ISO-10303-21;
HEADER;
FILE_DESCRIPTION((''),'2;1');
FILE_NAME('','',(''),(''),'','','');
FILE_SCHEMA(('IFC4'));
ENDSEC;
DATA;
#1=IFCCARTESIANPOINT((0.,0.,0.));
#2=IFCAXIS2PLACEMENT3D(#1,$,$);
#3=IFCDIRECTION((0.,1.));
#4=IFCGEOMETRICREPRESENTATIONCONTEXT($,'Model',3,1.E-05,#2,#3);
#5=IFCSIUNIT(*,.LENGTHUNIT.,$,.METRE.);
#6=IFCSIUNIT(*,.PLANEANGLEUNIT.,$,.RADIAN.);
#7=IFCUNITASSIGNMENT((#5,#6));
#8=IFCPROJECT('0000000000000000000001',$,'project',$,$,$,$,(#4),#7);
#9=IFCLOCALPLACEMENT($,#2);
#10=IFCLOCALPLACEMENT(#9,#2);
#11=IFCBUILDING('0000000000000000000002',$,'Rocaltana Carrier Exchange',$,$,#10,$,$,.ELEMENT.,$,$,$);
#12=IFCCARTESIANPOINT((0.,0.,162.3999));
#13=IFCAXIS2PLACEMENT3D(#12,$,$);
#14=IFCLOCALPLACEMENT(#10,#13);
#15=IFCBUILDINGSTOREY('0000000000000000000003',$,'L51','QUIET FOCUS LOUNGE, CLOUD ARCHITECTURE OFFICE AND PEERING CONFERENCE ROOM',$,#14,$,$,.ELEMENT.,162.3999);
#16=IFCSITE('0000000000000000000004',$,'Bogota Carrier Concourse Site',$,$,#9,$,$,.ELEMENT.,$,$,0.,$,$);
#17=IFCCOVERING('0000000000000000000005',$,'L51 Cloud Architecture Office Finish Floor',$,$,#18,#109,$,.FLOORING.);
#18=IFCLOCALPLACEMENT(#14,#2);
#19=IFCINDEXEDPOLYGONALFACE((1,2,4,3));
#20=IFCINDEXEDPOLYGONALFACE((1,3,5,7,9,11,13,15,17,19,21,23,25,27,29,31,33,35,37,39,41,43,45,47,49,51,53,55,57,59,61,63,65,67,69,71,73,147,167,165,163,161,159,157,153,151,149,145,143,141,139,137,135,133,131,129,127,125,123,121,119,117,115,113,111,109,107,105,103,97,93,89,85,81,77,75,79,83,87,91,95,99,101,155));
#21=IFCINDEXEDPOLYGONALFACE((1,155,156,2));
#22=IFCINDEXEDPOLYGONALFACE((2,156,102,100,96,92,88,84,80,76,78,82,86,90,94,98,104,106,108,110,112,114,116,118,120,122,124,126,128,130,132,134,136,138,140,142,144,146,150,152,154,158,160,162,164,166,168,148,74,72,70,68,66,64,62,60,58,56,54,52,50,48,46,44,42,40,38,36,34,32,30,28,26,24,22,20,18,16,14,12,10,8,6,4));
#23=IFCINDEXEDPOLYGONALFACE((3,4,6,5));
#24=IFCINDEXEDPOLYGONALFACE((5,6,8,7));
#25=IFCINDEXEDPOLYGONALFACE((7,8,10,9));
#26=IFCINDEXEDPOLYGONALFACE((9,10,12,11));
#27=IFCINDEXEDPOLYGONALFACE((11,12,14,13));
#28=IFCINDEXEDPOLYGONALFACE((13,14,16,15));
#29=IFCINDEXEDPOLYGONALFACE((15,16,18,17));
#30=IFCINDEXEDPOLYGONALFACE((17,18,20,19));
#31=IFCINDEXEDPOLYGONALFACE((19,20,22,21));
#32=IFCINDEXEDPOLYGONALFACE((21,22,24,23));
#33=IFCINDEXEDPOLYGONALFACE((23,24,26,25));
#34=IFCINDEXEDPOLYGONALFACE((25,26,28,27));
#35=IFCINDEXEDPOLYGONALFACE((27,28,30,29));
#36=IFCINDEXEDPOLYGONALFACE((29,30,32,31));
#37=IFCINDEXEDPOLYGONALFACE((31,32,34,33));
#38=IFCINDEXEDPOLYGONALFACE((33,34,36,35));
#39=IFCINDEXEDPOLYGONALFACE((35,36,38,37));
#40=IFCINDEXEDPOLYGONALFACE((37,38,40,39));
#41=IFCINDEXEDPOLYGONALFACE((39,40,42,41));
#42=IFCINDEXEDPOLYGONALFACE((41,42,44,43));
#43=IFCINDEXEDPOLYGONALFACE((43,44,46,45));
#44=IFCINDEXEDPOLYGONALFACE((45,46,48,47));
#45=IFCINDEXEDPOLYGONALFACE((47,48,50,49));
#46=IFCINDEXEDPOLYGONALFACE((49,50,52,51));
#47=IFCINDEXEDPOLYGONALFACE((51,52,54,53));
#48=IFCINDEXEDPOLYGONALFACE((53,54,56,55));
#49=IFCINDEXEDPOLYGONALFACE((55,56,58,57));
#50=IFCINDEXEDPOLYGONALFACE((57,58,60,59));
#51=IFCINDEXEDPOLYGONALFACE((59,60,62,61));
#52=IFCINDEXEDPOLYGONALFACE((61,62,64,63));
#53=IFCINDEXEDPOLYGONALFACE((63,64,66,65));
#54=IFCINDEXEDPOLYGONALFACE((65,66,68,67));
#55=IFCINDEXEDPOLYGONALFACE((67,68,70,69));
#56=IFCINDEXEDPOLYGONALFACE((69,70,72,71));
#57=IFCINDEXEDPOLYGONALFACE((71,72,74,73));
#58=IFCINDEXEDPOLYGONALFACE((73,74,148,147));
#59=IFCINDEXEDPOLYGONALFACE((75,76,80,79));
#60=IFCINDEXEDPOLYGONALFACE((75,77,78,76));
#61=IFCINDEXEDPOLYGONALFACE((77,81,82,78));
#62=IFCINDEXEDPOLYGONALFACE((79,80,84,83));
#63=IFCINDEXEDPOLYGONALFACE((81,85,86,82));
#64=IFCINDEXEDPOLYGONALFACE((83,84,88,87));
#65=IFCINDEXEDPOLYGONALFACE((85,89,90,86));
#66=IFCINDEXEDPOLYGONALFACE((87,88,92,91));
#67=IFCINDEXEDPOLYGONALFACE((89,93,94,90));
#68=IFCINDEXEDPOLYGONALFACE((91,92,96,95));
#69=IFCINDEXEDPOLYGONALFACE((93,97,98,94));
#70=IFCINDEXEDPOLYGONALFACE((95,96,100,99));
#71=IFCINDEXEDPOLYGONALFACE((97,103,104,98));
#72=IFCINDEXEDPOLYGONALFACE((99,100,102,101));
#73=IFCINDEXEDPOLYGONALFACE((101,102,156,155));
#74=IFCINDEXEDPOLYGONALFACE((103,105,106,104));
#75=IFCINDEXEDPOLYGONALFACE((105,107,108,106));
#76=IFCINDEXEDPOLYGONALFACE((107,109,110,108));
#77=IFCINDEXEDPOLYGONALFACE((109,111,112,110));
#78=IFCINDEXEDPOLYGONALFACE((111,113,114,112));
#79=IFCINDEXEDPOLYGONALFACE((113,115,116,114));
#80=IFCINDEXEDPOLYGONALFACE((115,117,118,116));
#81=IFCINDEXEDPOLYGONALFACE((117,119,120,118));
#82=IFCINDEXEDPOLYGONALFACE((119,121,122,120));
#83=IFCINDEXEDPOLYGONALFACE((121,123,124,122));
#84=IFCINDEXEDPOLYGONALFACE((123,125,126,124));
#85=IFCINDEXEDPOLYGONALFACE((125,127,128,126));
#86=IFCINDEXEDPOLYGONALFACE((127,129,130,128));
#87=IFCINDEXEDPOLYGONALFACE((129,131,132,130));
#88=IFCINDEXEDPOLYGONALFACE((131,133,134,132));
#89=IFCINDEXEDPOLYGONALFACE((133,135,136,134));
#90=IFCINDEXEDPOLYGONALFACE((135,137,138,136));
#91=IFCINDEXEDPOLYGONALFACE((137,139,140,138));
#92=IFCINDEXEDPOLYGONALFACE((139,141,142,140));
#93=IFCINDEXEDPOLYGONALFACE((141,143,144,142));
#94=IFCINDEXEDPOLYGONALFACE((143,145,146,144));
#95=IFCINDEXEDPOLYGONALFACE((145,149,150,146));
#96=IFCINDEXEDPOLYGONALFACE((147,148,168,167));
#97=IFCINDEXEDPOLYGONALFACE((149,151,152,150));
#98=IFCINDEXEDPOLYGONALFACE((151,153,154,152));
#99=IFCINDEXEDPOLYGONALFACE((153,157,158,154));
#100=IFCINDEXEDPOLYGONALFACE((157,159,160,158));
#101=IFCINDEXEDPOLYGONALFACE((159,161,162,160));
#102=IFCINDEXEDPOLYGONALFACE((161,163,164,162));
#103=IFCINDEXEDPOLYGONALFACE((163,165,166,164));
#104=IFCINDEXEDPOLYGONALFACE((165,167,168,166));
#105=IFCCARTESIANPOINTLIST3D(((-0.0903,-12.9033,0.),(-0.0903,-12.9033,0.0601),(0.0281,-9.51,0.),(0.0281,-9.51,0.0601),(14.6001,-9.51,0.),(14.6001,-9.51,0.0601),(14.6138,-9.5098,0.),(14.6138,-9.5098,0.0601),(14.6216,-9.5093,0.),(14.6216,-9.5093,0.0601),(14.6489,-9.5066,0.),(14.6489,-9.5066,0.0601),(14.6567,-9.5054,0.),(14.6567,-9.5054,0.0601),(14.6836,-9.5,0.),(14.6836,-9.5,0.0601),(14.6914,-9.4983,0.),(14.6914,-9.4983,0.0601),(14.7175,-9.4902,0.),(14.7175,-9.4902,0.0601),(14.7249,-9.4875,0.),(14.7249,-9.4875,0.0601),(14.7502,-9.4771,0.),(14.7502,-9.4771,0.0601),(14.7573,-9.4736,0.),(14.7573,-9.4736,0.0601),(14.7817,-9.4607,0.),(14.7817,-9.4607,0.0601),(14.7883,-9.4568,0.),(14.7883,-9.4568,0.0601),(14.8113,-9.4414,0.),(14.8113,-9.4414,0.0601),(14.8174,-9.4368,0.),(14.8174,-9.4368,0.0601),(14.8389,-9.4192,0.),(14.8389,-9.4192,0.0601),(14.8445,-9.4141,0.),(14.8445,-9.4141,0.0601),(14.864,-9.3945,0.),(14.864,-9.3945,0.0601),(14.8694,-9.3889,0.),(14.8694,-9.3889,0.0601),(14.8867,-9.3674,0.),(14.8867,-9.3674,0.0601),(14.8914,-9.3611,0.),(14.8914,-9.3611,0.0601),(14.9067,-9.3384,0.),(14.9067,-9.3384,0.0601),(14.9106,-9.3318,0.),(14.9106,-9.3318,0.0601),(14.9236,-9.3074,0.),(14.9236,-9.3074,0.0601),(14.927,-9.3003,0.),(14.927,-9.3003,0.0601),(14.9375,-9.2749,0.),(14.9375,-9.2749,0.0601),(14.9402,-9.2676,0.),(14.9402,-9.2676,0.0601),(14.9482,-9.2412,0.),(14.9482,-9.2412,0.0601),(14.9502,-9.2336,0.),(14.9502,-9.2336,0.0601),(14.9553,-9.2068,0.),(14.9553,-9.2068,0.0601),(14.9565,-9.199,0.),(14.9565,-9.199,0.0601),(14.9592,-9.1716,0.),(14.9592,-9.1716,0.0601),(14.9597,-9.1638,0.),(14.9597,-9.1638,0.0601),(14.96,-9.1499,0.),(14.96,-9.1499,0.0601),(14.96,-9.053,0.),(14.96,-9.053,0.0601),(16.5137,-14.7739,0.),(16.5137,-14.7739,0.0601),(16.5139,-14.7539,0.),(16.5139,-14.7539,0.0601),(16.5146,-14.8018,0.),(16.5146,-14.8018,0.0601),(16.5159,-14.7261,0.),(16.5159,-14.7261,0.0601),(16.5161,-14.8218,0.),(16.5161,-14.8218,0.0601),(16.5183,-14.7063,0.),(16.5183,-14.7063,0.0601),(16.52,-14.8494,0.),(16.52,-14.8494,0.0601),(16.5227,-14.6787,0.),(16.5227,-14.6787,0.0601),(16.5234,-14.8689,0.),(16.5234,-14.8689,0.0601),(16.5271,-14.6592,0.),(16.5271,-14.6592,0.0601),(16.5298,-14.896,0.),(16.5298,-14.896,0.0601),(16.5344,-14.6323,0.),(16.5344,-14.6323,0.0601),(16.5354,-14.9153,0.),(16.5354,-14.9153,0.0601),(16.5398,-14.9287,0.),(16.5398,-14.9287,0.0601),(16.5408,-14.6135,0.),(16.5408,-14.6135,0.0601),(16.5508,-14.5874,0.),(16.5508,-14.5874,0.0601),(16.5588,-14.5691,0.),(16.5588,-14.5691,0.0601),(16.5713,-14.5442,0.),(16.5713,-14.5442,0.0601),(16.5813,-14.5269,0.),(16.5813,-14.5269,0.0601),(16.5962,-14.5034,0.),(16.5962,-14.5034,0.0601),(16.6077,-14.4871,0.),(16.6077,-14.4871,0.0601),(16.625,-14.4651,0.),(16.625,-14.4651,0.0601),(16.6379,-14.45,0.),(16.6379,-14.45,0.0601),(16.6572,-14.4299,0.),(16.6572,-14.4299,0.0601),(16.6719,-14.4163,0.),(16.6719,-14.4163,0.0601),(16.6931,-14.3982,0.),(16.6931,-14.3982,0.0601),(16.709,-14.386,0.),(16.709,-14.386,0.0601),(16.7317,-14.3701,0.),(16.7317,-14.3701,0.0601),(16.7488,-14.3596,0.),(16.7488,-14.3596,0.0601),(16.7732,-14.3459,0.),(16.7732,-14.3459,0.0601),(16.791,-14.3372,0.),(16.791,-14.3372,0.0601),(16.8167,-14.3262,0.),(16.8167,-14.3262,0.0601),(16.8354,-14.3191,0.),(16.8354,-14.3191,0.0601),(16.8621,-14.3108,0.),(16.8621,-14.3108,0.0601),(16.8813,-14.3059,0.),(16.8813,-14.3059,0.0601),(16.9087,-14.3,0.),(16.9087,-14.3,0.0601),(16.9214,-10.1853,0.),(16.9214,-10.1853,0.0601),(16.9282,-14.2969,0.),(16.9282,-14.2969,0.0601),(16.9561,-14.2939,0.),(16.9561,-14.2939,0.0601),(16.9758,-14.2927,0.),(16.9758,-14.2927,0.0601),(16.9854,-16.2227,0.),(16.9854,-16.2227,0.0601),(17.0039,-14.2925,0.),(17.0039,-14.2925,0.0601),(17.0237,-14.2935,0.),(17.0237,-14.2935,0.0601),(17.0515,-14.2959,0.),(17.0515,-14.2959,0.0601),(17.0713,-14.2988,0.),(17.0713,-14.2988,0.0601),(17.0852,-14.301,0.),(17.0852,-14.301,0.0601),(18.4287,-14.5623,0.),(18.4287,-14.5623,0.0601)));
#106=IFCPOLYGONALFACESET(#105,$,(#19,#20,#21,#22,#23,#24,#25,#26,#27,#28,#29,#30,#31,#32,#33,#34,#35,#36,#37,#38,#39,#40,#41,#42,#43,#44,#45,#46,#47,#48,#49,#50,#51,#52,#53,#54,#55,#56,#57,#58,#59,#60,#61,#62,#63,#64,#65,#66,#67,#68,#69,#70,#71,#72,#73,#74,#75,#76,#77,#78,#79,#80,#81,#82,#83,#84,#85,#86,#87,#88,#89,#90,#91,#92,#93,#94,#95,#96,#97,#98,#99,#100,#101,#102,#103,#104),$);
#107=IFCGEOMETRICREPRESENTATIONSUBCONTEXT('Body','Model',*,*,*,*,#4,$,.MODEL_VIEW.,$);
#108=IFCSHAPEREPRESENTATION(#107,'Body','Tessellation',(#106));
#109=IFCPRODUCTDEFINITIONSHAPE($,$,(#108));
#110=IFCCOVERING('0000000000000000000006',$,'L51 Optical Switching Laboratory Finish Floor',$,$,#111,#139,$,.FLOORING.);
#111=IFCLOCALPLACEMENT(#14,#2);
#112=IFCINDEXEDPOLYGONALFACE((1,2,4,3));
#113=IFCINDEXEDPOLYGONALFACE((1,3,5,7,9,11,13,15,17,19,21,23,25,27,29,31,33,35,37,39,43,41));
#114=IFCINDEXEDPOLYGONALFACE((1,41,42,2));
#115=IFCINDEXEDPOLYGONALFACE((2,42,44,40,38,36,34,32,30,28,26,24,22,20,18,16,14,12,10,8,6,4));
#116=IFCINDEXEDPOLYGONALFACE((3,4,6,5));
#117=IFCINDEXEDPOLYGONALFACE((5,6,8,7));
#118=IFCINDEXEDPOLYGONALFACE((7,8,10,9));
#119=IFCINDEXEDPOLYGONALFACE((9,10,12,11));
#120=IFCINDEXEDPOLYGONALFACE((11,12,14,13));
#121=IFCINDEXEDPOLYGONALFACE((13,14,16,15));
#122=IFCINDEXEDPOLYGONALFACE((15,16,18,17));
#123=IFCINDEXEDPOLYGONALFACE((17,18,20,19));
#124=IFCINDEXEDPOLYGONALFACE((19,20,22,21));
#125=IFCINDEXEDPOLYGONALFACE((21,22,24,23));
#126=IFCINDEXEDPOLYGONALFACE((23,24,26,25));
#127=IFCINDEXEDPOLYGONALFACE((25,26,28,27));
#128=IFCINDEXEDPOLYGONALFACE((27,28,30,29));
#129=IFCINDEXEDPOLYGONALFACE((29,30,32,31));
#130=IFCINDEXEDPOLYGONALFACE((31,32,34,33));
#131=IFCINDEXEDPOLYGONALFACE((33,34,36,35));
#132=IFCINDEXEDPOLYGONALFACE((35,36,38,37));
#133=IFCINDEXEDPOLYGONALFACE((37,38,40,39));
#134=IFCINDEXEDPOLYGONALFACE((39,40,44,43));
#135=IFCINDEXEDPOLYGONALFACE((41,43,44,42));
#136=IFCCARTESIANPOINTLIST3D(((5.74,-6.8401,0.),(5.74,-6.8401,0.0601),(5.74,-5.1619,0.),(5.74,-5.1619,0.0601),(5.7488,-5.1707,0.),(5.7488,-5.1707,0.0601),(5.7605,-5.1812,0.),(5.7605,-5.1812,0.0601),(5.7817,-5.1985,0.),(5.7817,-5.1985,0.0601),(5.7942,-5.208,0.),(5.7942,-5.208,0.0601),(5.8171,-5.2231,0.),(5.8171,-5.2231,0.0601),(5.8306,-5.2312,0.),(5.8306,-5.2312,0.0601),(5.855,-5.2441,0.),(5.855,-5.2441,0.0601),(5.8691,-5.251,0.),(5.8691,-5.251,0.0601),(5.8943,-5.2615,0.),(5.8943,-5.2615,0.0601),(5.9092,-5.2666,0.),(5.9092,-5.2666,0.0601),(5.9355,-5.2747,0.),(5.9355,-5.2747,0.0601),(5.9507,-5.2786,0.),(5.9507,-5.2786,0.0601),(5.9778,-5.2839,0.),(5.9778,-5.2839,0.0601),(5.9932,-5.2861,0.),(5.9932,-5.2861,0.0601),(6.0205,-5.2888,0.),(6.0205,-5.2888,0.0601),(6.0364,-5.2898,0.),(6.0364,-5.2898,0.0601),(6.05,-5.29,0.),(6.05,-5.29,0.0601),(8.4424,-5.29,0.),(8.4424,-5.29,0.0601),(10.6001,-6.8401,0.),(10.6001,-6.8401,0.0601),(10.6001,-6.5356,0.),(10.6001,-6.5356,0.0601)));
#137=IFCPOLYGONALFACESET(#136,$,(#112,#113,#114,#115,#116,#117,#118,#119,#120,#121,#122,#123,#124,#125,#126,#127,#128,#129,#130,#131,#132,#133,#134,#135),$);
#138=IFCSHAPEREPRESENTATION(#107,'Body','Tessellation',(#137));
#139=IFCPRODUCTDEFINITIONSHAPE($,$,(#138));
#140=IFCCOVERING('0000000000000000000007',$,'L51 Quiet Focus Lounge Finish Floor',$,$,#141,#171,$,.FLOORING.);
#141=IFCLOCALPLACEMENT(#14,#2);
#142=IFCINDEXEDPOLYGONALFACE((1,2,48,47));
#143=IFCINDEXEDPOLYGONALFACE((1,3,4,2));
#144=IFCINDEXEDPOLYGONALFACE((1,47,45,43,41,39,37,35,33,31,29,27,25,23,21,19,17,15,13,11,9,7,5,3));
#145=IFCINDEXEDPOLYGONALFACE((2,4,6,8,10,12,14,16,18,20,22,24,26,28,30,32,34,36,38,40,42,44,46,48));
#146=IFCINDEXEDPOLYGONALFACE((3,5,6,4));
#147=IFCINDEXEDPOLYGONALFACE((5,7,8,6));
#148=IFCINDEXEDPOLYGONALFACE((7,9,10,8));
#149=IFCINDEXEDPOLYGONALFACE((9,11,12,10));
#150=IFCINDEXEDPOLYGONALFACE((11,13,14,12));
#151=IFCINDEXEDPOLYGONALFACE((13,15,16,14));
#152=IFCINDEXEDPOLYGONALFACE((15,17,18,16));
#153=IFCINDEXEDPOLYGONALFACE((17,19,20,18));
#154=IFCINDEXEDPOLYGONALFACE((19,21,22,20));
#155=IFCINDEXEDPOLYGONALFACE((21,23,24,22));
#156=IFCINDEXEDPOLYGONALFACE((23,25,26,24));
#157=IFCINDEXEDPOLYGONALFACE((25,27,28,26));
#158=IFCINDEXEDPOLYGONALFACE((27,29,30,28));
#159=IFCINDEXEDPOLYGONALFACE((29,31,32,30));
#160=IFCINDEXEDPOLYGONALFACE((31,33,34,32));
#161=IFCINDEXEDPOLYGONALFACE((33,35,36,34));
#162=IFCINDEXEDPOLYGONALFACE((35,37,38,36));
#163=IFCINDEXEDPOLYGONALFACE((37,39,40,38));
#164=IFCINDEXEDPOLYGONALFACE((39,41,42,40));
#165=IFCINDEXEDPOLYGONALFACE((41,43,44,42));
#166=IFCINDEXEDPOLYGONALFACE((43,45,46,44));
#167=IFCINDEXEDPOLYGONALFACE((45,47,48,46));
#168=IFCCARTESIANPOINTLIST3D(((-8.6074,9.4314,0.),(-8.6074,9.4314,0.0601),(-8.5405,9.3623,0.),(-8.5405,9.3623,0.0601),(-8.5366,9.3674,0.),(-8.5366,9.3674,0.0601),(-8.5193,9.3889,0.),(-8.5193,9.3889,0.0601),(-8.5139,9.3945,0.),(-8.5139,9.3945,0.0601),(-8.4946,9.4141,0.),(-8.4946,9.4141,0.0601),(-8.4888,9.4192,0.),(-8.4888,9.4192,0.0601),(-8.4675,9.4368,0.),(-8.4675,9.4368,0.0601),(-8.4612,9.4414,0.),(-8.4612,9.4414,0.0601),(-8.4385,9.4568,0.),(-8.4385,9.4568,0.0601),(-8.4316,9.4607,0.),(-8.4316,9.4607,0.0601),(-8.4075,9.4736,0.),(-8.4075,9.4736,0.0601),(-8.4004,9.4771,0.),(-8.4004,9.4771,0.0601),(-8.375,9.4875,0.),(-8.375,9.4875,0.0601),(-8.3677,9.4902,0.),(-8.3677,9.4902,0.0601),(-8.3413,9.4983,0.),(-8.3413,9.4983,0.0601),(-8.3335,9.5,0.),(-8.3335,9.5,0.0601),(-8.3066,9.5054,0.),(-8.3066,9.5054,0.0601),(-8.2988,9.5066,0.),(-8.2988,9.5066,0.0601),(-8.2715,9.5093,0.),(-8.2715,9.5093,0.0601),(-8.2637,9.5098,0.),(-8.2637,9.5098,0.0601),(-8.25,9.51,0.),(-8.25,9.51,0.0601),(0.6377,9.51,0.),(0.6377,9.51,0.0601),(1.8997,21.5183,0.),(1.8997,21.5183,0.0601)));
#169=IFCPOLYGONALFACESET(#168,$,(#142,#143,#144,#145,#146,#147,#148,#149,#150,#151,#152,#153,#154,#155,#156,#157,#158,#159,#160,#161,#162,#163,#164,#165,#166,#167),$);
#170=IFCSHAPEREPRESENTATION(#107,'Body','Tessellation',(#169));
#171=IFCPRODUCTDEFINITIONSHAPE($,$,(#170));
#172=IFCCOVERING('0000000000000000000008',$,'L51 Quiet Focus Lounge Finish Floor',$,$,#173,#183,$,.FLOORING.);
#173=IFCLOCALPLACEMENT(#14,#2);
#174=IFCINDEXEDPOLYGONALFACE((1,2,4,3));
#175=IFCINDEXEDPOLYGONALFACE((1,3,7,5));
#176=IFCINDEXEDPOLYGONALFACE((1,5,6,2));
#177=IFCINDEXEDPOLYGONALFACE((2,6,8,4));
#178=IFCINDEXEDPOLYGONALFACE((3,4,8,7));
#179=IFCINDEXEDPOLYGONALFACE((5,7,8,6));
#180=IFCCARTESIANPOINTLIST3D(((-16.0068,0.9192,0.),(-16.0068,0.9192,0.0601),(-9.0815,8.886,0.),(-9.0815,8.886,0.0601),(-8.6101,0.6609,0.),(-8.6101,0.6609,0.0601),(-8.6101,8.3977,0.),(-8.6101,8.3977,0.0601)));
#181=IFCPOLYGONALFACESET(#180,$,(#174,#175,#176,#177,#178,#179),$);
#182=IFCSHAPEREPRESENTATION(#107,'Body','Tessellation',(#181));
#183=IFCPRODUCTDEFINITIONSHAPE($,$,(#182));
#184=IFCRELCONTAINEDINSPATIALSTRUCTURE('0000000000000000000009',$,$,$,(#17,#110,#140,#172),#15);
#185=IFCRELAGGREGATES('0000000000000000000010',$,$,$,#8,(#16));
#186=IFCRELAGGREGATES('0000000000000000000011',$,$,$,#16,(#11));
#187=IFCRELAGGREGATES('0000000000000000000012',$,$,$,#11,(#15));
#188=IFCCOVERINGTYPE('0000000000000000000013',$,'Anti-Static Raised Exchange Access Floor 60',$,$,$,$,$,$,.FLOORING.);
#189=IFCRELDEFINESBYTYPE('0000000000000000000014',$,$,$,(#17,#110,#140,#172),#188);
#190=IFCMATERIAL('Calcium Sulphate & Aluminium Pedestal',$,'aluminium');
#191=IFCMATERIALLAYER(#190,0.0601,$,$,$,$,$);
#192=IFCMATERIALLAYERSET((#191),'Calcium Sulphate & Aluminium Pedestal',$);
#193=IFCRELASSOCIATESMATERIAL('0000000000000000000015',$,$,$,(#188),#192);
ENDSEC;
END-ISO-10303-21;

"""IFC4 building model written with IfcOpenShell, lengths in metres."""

from ifc_helpers import new_model, si_unit, direction, frame, origin, place, context, subcontext, project, spatial, polyline, outline, extrude, material, layer, layer_set, type_object, element, save


model = new_model("IFC4")

# Units and contexts
model_context = context("Model", 3, precision=1e-05, world=origin(), true_north=direction((0.0, 1.0)))
body_context = subcontext(model_context, "Body", "Model", "MODEL_VIEW")
ifc_project = project(units=[si_unit("LENGTHUNIT", "METRE"), si_unit("PLANEANGLEUNIT", "RADIAN")], contexts=[model_context])

# Site, building, storey
site_placement = place(None, origin())
site = spatial("IfcSite", under=ifc_project, at=site_placement, Name="Bogota Carrier Concourse Site", CompositionType="ELEMENT", RefElevation=0.0)
building_placement = place(site_placement, origin())
building = spatial("IfcBuilding", under=site, at=building_placement, Name="Rocaltana Carrier Exchange", CompositionType="ELEMENT")
storey_placement = place(building_placement, frame((0.0, 0.0, 162.3999)))
storey = spatial("IfcBuildingStorey", under=building, at=storey_placement, Name="L51", Description="QUIET FOCUS LOUNGE, CLOUD ARCHITECTURE OFFICE AND PEERING CONFERENCE ROOM", CompositionType="ELEMENT", Elevation=162.3999)

# Coverings
ifc_material_1 = material(Name="Calcium Sulphate & Aluminium Pedestal", Category="aluminium")
ifc_layer_1 = layer(ifc_material_1, 0.0601)
ifc_layer_set_1 = layer_set([ifc_layer_1], Name="Calcium Sulphate & Aluminium Pedestal")
covering_type_1 = type_object("IfcCoveringType", Name="Anti-Static Raised Exchange Access Floor 60", PredefinedType="FLOORING", material=ifc_layer_set_1)
covering_1_placement = place(storey_placement, origin())
element("IfcCovering", 1, at=covering_1_placement, inside=storey, type_object=covering_type_1, Name="L51 Cloud Architecture Office Finish Floor", PredefinedType="FLOORING", context=body_context, shape_type="SweptSolid", body=[
    extrude(outline(polyline([(18.4287, -14.5623), (17.0852, -14.301), (17.0713, -14.2988), (17.0515, -14.2959), (17.0237, -14.2935), (17.0039, -14.2925), (16.9758, -14.2927), (16.9561, -14.2939), (16.9282, -14.2969), (16.9087, -14.3), (16.8813, -14.3059), (16.8621, -14.3108), (16.8354, -14.3191), (16.8167, -14.3262), (16.791, -14.3372), (16.7732, -14.3459), (16.7488, -14.3596), (16.7317, -14.3701), (16.709, -14.386), (16.6931, -14.3982), (16.6719, -14.4163), (16.6572, -14.4299), (16.6379, -14.45), (16.625, -14.4651), (16.6077, -14.4871), (16.5962, -14.5034), (16.5813, -14.5269), (16.5713, -14.5442), (16.5588, -14.5691), (16.5508, -14.5874), (16.5408, -14.6135), (16.5344, -14.6323), (16.5271, -14.6592), (16.5227, -14.6787), (16.5183, -14.7063), (16.5159, -14.7261), (16.5139, -14.7539), (16.5137, -14.7739), (16.5146, -14.8018), (16.5161, -14.8218), (16.52, -14.8494), (16.5234, -14.8689), (16.5298, -14.896), (16.5354, -14.9153), (16.5398, -14.9287), (16.9854, -16.2227), (-0.0903, -12.9033), (0.0281, -9.51), (14.6001, -9.51), (14.6138, -9.5098), (14.6216, -9.5093), (14.6489, -9.5066), (14.6567, -9.5054), (14.6836, -9.5), (14.6914, -9.4983), (14.7175, -9.4902), (14.7249, -9.4875), (14.7502, -9.4771), (14.7573, -9.4736), (14.7817, -9.4607), (14.7883, -9.4568), (14.8113, -9.4414), (14.8174, -9.4368), (14.8389, -9.4192), (14.8445, -9.4141), (14.864, -9.3945), (14.8694, -9.3889), (14.8867, -9.3674), (14.8914, -9.3611), (14.9067, -9.3384), (14.9106, -9.3318), (14.9236, -9.3074), (14.927, -9.3003), (14.9375, -9.2749), (14.9402, -9.2676), (14.9482, -9.2412), (14.9502, -9.2336), (14.9553, -9.2068), (14.9565, -9.199), (14.9592, -9.1716), (14.9597, -9.1638), (14.96, -9.1499), (14.96, -9.053), (16.9214, -10.1853), (18.4287, -14.5623)])), origin(), (0.0, 0.0, 1.0), 0.0601),
])
covering_2_placement = place(storey_placement, origin())
element("IfcCovering", 2, at=covering_2_placement, inside=storey, type_object=covering_type_1, Name="L51 Optical Switching Laboratory Finish Floor", PredefinedType="FLOORING", context=body_context, shape_type="SweptSolid", body=[
    extrude(outline(polyline([(5.74, -6.8401), (5.74, -5.1619), (5.7488, -5.1707), (5.7605, -5.1812), (5.7817, -5.1985), (5.7942, -5.208), (5.8171, -5.2231), (5.8306, -5.2312), (5.855, -5.2441), (5.8691, -5.251), (5.8943, -5.2615), (5.9092, -5.2666), (5.9355, -5.2747), (5.9507, -5.2786), (5.9778, -5.2839), (5.9932, -5.2861), (6.0205, -5.2888), (6.0364, -5.2898), (6.05, -5.29), (8.4424, -5.29), (10.6001, -6.5356), (10.6001, -6.8401), (5.74, -6.8401)])), origin(), (0.0, 0.0, 1.0), 0.0601),
])
covering_3_placement = place(storey_placement, origin())
element("IfcCovering", 3, at=covering_3_placement, inside=storey, type_object=covering_type_1, Name="L51 Quiet Focus Lounge Finish Floor", PredefinedType="FLOORING", context=body_context, shape_type="SweptSolid", body=[
    extrude(outline(polyline([(-8.5405, 9.3623), (-8.6074, 9.4314), (1.8997, 21.5183), (0.6377, 9.51), (-8.25, 9.51), (-8.2637, 9.5098), (-8.2715, 9.5093), (-8.2988, 9.5066), (-8.3066, 9.5054), (-8.3335, 9.5), (-8.3413, 9.4983), (-8.3677, 9.4902), (-8.375, 9.4875), (-8.4004, 9.4771), (-8.4075, 9.4736), (-8.4316, 9.4607), (-8.4385, 9.4568), (-8.4612, 9.4414), (-8.4675, 9.4368), (-8.4888, 9.4192), (-8.4946, 9.4141), (-8.5139, 9.3945), (-8.5193, 9.3889), (-8.5366, 9.3674), (-8.5405, 9.3623)])), origin(), (0.0, 0.0, 1.0), 0.0601),
])
covering_4_placement = place(storey_placement, origin())
element("IfcCovering", 4, at=covering_4_placement, inside=storey, type_object=covering_type_1, Name="L51 Quiet Focus Lounge Finish Floor", PredefinedType="FLOORING", context=body_context, shape_type="SweptSolid", body=[
    extrude(outline(polyline([(-9.0815, 8.886), (-8.6101, 8.3977), (-8.6101, 0.6609), (-16.0068, 0.9192), (-9.0815, 8.886)])), origin(), (0.0, 0.0, 1.0), 0.0601),
])

save(model, "model.ifc")
